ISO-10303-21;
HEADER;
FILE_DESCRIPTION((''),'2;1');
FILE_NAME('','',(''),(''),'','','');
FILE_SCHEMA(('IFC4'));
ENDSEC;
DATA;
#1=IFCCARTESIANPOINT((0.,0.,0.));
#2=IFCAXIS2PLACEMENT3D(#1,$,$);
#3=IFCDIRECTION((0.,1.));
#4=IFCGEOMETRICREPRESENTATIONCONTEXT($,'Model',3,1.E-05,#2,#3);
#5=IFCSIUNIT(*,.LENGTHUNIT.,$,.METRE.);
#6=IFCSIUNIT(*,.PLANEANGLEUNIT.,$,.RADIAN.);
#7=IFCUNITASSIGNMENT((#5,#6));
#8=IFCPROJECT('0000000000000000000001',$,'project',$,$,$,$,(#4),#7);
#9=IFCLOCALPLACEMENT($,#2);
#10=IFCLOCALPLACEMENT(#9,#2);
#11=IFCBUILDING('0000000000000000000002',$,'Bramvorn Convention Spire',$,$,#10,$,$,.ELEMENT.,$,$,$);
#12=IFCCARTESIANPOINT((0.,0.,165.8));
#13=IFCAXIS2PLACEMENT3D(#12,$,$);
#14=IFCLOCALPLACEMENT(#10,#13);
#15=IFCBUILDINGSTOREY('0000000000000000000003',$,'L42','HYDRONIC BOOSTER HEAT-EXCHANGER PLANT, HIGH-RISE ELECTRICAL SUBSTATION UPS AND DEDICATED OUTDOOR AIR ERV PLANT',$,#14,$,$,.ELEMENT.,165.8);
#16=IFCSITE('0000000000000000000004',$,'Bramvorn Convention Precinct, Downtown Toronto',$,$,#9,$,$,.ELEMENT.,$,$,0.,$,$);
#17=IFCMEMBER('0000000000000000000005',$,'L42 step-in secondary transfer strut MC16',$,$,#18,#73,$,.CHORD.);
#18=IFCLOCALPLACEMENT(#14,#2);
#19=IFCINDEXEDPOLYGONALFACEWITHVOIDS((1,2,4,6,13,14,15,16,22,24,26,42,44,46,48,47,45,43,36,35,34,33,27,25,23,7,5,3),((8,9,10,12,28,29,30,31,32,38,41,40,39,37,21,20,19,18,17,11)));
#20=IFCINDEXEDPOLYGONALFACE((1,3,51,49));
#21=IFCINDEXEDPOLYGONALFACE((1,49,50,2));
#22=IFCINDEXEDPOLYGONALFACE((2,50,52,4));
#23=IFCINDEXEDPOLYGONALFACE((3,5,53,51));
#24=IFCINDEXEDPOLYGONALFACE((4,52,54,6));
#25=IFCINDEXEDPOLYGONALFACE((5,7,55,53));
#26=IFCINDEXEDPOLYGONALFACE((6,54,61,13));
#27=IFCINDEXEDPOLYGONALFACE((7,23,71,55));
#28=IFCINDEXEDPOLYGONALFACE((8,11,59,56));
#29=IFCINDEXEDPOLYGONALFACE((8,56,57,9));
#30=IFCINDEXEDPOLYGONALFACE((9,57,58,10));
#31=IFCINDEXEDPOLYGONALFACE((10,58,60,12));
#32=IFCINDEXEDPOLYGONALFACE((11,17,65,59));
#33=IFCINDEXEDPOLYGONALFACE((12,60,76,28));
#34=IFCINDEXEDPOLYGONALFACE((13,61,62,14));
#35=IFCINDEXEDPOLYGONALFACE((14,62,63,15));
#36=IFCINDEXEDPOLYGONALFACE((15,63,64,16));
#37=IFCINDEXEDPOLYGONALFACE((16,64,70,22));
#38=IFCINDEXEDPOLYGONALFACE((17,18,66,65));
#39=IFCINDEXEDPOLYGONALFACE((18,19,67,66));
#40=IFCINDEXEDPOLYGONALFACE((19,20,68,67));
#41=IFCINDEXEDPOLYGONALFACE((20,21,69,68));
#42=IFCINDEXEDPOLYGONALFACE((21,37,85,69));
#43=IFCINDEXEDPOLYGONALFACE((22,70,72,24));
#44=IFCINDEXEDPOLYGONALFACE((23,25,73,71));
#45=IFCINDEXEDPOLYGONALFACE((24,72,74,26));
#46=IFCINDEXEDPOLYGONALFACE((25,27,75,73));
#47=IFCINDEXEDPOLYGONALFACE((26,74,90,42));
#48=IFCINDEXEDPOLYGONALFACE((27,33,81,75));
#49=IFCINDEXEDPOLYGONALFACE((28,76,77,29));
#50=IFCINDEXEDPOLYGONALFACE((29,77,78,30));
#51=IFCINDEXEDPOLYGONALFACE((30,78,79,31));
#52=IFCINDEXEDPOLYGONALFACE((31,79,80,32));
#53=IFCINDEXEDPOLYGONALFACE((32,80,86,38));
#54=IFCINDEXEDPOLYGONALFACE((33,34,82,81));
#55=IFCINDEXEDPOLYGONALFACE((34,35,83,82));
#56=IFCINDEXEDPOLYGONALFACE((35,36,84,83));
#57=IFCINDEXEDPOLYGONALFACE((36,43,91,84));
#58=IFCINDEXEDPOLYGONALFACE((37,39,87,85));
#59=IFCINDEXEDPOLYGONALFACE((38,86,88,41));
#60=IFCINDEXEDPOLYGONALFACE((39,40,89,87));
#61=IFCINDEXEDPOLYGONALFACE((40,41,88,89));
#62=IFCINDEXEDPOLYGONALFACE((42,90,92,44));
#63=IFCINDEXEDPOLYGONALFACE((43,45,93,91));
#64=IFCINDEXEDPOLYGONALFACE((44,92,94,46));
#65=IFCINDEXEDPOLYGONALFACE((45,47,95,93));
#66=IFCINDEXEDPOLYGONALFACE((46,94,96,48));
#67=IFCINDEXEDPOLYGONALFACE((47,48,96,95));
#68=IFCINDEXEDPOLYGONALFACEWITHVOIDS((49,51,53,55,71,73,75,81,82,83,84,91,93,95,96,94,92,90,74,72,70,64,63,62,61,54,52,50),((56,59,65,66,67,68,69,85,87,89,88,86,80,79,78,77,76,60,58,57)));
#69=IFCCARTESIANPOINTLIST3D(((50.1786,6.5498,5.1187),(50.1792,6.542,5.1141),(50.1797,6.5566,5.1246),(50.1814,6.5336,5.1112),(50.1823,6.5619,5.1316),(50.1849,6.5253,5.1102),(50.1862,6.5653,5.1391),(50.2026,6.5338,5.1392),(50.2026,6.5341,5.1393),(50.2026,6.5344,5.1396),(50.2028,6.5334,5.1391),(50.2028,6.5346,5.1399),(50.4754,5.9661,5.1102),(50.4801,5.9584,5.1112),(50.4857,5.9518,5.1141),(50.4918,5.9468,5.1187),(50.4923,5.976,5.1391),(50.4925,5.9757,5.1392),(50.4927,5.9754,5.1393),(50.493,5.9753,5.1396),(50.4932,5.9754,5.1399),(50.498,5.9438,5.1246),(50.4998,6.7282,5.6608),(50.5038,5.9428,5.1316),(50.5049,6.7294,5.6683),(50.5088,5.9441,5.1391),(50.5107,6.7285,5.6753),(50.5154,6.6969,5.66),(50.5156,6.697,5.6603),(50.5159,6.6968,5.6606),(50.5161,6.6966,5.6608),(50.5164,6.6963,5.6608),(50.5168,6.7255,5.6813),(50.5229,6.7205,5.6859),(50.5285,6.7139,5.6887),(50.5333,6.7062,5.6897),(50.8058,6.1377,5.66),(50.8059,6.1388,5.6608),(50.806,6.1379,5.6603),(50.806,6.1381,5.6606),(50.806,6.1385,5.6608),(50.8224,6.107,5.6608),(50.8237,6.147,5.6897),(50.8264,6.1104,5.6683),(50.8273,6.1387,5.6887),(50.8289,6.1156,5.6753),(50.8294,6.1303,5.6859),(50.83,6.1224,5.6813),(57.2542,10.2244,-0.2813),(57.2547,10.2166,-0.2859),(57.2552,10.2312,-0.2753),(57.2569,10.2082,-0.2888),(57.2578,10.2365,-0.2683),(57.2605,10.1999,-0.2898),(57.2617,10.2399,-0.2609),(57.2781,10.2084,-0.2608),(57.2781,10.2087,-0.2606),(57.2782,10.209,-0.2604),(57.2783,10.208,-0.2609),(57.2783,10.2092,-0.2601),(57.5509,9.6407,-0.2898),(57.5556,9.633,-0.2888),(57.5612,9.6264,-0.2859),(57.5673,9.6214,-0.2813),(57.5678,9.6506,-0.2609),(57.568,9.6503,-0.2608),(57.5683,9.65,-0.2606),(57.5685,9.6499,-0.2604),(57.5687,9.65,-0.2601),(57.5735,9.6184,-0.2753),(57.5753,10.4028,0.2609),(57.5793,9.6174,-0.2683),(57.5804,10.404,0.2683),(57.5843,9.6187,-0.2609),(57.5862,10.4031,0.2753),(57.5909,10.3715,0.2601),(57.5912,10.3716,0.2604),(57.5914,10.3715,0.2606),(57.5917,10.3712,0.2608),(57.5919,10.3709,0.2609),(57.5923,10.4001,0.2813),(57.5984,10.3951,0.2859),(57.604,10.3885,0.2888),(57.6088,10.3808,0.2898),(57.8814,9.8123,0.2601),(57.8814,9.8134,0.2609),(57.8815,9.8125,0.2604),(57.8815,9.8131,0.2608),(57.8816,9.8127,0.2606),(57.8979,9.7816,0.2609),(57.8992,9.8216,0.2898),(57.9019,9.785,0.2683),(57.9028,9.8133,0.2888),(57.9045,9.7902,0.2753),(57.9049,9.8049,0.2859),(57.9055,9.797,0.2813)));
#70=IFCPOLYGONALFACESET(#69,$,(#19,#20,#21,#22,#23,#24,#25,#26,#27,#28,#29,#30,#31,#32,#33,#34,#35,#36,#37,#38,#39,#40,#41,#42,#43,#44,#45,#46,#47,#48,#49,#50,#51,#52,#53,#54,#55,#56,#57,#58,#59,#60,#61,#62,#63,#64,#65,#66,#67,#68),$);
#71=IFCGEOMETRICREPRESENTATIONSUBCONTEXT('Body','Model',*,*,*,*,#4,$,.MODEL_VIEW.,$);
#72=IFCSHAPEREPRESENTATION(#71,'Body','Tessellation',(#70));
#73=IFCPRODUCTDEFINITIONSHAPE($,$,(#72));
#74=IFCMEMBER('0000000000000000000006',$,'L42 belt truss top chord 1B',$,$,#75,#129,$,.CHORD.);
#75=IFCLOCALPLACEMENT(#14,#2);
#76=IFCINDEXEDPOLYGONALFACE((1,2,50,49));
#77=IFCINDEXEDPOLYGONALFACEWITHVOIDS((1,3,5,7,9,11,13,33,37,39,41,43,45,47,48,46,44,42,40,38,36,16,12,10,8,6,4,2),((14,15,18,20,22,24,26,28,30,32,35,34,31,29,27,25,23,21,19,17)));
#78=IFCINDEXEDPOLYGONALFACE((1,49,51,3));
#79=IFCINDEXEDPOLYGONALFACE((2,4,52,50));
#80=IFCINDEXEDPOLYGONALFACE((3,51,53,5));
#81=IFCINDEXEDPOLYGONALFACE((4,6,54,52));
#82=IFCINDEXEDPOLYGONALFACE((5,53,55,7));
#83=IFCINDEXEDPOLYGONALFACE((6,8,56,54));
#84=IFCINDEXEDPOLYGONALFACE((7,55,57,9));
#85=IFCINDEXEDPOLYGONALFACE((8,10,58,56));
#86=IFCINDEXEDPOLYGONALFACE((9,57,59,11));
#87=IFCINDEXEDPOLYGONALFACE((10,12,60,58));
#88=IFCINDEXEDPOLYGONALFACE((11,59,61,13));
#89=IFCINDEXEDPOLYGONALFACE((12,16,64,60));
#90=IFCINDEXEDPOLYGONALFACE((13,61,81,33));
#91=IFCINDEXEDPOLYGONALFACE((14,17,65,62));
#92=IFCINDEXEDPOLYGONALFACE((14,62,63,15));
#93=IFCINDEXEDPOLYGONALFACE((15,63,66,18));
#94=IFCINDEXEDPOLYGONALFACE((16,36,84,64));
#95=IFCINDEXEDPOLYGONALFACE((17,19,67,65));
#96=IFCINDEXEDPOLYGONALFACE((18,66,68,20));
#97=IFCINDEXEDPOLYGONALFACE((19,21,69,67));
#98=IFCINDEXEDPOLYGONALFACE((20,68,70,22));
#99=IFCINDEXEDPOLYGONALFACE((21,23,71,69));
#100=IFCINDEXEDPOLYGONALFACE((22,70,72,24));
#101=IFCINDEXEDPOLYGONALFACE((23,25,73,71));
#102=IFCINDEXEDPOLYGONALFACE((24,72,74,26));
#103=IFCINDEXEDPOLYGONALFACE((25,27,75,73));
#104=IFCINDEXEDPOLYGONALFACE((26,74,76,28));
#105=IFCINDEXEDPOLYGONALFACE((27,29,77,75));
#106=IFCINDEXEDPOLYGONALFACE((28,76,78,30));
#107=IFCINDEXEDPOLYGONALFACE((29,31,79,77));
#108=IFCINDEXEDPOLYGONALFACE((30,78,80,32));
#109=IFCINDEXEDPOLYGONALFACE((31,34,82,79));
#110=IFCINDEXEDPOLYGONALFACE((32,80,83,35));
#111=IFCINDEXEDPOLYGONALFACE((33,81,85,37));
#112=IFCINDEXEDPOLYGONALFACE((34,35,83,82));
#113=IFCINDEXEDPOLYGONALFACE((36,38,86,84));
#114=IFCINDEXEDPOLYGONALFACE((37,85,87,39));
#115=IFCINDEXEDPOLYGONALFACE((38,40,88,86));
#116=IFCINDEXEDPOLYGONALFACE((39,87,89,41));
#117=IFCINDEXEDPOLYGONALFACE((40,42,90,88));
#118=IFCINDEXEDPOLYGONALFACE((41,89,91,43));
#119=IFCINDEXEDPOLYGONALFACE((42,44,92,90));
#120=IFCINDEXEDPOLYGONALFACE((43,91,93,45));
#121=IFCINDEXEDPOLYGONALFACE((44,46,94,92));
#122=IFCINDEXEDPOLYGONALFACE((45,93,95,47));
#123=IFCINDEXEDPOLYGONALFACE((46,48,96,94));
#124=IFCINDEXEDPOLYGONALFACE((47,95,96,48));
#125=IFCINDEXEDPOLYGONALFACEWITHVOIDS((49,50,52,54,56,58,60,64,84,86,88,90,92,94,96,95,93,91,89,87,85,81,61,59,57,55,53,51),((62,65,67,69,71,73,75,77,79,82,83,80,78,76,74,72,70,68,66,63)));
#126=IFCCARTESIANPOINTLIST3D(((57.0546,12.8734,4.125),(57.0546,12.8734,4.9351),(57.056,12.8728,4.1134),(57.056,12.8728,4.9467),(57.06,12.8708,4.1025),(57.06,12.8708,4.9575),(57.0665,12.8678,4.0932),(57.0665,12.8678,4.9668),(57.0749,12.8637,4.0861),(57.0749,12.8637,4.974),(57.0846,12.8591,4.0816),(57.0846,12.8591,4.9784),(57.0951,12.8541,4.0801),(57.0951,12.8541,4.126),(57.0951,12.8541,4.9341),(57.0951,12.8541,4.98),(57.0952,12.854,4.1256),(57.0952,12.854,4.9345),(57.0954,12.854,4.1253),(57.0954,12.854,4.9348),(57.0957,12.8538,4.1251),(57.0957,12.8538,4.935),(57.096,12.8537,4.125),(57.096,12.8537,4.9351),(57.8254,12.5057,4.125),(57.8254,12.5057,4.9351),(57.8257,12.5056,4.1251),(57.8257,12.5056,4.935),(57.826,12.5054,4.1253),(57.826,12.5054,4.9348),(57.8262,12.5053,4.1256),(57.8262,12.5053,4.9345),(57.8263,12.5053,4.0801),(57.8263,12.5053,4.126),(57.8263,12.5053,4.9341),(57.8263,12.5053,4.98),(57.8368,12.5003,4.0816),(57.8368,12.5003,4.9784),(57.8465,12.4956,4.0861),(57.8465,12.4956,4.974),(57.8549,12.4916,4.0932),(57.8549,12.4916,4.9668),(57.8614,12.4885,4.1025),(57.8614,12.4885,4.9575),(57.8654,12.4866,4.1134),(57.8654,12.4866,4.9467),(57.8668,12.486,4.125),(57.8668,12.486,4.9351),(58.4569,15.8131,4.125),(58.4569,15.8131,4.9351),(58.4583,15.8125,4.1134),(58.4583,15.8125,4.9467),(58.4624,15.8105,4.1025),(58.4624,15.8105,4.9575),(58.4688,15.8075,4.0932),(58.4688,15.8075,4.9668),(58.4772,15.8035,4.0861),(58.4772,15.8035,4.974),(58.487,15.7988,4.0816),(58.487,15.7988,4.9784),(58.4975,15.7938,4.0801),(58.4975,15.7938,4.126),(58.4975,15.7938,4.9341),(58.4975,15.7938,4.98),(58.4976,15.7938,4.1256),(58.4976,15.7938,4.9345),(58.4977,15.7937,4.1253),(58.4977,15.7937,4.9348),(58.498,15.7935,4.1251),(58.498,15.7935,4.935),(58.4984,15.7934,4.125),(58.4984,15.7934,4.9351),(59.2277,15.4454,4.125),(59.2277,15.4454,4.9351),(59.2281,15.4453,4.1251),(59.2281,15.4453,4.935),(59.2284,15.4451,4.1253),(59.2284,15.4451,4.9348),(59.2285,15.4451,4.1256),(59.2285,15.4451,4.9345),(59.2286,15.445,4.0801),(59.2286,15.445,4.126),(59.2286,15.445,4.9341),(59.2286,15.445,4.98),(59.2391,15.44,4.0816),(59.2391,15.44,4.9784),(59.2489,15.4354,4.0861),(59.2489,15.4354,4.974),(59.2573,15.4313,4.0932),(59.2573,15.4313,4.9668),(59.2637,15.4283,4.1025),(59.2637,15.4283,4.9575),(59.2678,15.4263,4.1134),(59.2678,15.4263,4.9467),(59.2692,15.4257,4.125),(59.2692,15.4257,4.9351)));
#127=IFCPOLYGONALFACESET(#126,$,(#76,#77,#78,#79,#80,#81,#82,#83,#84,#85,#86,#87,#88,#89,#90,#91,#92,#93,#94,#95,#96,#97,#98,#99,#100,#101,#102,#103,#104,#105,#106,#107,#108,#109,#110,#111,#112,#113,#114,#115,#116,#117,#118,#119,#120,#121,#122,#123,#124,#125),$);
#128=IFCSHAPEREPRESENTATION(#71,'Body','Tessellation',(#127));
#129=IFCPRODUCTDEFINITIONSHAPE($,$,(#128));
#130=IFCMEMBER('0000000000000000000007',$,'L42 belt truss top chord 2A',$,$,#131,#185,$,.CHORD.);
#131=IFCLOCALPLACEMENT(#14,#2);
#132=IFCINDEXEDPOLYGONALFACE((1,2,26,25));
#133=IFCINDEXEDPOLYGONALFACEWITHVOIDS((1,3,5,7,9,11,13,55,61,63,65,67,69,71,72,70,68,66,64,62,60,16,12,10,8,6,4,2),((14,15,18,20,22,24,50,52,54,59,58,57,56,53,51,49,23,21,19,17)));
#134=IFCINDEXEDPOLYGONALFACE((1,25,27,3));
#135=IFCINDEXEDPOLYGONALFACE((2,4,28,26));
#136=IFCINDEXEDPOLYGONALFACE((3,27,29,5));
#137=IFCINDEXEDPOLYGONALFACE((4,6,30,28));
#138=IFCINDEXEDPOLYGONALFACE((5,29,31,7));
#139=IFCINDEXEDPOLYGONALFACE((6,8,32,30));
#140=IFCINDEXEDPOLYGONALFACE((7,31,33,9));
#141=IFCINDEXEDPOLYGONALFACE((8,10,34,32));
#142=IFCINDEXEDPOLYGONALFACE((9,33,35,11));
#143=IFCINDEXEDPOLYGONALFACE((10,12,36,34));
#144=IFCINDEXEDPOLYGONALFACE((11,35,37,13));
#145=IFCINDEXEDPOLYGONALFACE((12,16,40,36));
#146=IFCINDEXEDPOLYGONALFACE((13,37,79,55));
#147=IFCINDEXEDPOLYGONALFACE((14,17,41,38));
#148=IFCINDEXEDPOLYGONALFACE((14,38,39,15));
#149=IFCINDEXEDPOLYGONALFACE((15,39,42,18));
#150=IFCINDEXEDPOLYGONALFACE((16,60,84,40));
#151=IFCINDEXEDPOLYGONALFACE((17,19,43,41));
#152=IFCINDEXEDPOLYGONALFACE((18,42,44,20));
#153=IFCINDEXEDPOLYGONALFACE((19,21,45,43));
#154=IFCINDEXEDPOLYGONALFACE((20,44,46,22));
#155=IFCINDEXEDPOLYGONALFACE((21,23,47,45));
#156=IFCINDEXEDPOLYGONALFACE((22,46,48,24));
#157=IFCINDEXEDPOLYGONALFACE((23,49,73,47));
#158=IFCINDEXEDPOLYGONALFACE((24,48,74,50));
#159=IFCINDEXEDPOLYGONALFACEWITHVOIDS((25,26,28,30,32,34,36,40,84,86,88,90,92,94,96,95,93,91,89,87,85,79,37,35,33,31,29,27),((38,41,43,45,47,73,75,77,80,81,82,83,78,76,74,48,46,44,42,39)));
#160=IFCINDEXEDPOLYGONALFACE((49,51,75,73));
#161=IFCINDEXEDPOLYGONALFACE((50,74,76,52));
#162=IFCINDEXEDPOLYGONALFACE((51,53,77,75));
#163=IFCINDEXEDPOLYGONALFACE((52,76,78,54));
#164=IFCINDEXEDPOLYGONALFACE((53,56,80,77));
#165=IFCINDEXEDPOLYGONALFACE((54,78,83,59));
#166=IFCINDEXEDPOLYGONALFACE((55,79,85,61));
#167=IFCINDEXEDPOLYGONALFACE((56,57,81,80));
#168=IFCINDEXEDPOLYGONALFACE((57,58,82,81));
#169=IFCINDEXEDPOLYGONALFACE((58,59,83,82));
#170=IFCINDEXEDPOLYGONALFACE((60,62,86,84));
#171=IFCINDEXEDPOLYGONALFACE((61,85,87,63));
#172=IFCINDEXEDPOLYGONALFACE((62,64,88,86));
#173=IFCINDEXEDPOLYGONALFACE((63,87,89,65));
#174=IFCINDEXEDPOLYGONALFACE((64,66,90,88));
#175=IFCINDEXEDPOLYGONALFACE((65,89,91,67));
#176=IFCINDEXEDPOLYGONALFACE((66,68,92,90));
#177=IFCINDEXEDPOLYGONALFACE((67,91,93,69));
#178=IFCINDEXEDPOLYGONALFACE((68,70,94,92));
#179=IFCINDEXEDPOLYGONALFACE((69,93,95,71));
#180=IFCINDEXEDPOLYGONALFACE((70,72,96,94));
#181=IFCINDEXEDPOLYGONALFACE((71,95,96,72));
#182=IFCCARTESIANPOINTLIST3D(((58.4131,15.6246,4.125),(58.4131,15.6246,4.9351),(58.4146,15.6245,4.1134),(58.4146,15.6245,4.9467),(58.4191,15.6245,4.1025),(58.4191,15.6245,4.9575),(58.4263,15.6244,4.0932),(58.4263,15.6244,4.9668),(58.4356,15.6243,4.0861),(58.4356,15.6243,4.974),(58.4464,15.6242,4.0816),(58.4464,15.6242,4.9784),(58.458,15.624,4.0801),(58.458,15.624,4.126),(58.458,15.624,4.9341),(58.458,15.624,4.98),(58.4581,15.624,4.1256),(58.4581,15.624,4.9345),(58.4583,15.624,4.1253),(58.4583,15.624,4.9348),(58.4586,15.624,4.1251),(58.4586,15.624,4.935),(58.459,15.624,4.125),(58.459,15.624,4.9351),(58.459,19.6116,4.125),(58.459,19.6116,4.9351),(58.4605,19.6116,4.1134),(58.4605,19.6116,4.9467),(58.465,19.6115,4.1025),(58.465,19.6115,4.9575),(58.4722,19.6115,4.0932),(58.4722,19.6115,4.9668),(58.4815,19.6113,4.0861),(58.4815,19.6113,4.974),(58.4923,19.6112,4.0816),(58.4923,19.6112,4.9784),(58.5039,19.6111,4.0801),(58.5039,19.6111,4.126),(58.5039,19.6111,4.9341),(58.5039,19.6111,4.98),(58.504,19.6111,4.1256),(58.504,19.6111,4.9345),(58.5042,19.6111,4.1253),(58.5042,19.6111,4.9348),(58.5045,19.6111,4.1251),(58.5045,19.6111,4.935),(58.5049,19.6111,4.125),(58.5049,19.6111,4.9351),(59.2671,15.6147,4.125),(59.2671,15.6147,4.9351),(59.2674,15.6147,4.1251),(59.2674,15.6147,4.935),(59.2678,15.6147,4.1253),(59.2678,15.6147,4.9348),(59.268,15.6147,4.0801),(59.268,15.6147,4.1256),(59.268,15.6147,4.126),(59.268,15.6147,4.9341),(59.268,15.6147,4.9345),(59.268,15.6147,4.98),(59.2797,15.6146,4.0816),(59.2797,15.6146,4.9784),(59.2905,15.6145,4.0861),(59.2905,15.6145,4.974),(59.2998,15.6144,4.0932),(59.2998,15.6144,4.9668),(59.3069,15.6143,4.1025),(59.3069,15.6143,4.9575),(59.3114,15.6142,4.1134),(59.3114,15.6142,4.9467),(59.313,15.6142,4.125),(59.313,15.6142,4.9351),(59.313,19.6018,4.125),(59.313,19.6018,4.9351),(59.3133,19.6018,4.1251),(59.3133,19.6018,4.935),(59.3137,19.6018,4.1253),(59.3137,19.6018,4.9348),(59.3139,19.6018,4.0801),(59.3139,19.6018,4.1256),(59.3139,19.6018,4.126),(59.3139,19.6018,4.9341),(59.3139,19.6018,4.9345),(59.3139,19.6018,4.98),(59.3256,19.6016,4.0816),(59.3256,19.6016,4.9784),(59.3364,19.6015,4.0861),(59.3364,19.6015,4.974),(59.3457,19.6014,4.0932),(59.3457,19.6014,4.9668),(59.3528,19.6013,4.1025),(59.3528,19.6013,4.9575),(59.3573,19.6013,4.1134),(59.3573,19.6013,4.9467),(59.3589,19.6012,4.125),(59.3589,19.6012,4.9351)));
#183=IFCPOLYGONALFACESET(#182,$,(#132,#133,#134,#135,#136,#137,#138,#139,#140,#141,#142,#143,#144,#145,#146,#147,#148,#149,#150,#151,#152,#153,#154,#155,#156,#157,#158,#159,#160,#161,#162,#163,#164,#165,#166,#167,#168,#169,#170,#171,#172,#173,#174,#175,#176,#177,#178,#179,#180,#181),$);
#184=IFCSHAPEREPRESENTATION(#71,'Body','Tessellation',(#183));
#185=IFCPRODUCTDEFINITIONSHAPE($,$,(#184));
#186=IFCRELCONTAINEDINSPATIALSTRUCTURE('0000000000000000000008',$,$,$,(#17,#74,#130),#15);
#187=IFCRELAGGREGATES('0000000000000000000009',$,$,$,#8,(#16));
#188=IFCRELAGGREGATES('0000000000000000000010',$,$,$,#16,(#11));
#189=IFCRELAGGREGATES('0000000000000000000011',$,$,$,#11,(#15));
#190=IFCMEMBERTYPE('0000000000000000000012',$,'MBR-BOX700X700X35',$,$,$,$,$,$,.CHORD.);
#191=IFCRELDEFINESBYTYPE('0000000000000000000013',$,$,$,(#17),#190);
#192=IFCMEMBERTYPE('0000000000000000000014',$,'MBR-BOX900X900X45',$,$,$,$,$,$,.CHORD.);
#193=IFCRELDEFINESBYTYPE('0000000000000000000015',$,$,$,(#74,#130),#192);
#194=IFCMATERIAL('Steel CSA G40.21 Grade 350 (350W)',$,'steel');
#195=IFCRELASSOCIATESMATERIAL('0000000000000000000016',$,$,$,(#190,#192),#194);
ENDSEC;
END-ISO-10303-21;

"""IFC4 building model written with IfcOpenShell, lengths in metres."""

from ifc_helpers import new_model, si_unit, direction, frame, origin, origin_2d, place, context, subcontext, project, spatial, hollow_rectangle, extrude, material, material_profile, profile_set, type_object, element, save


model = new_model("IFC4")

# Units and contexts
model_context = context("Model", 3, precision=1e-05, world=origin(), true_north=direction((0.0, 1.0)))
body_context = subcontext(model_context, "Body", "Model", "MODEL_VIEW")
ifc_project = project(units=[si_unit("LENGTHUNIT", "METRE"), si_unit("PLANEANGLEUNIT", "RADIAN")], contexts=[model_context])

# Site, building, storey
site_placement = place(None, origin())
site = spatial("IfcSite", under=ifc_project, at=site_placement, Name="Bramvorn Convention Precinct, Downtown Toronto", CompositionType="ELEMENT", RefElevation=0.0)
building_placement = place(site_placement, origin())
building = spatial("IfcBuilding", under=site, at=building_placement, Name="Bramvorn Convention Spire", CompositionType="ELEMENT")
storey_placement = place(building_placement, frame((0.0, 0.0, 165.8)))
storey = spatial("IfcBuildingStorey", under=building, at=storey_placement, Name="L42", Description="HYDRONIC BOOSTER HEAT-EXCHANGER PLANT, HIGH-RISE ELECTRICAL SUBSTATION UPS AND DEDICATED OUTDOOR AIR ERV PLANT", CompositionType="ELEMENT", Elevation=165.8)

# Shared definitions
ifc_material_1 = material(Name="Steel CSA G40.21 Grade 350 (350W)", Category="steel")

# Members
ifc_material_profile_1 = material_profile(ifc_material_1, hollow_rectangle(XDim=0.7, YDim=0.7, WallThickness=0.0349, InnerFilletRadius=0.001, OuterFilletRadius=0.0349, at=origin_2d()))
ifc_profile_set_1 = profile_set([ifc_material_profile_1], Name="Steel CSA G40.21 Grade 350 (350W) - BOX700X700X35")
member_type_1 = type_object("IfcMemberType", Name="MBR-BOX700X700X35", PredefinedType="CHORD", material=ifc_profile_set_1)
member_1_placement = place(storey_placement, frame((57.5798, 10.0107, 0.0), z_axis=(-0.734783, -0.381603, 0.560779), x_axis=(0.460892, -0.887456, 0.0)))
element("IfcMember", 1, at=member_1_placement, inside=storey, type_object=member_type_1, Name="L42 step-in secondary transfer strut MC16", PredefinedType="CHORD", context=body_context, shape_type="SweptSolid", body=[
    extrude(hollow_rectangle(XDim=0.7, YDim=0.7, WallThickness=0.0349, InnerFilletRadius=0.001, OuterFilletRadius=0.0349, at=origin_2d()), origin(), (0.0, 0.0, 1.0), 9.6294),
])
ifc_material_profile_2 = material_profile(ifc_material_1, hollow_rectangle(XDim=0.8999, YDim=0.8999, WallThickness=0.0449, InnerFilletRadius=0.001, OuterFilletRadius=0.0449, at=origin_2d()))
ifc_profile_set_2 = profile_set([ifc_material_profile_2], Name="Steel CSA G40.21 Grade 350 (350W) - BOX900X900X45")
member_type_2 = type_object("IfcMemberType", Name="MBR-BOX900X900X45", PredefinedType="CHORD", material=ifc_profile_set_2)
member_2_placement = place(storey_placement, frame((57.4607, 12.6797, 4.53), z_axis=(0.430556, 0.902564, 0.0), x_axis=(-0.902564, 0.430556, 0.0)))
element("IfcMember", 2, at=member_2_placement, inside=storey, type_object=member_type_2, Name="L42 belt truss top chord 1B", PredefinedType="CHORD", context=body_context, shape_type="SweptSolid", body=[
    extrude(hollow_rectangle(XDim=0.8999, YDim=0.8999, WallThickness=0.0449, InnerFilletRadius=0.001, OuterFilletRadius=0.0449, at=origin_2d()), origin(), (0.0, 0.0, 1.0), 3.2571),
])
for number, where, z_axis, x_axis, name in (
    (3, (58.863, 15.6194, 4.53), (0.011511, 0.999934, 0.0), (-0.999934, 0.011511, 0.0), "L42 belt truss top chord 2A"),
):
    element("IfcMember", number, at=place(storey_placement, frame(where, z_axis=z_axis, x_axis=x_axis)), inside=storey, type_object=member_type_2, Name=name, PredefinedType="CHORD", context=body_context, shape_type="SweptSolid", body=[
        extrude(hollow_rectangle(XDim=0.8999, YDim=0.8999, WallThickness=0.0449, InnerFilletRadius=0.001, OuterFilletRadius=0.0449, at=origin_2d()), origin(), (0.0, 0.0, 1.0), 3.9873),
    ])

save(model, "model.ifc")
